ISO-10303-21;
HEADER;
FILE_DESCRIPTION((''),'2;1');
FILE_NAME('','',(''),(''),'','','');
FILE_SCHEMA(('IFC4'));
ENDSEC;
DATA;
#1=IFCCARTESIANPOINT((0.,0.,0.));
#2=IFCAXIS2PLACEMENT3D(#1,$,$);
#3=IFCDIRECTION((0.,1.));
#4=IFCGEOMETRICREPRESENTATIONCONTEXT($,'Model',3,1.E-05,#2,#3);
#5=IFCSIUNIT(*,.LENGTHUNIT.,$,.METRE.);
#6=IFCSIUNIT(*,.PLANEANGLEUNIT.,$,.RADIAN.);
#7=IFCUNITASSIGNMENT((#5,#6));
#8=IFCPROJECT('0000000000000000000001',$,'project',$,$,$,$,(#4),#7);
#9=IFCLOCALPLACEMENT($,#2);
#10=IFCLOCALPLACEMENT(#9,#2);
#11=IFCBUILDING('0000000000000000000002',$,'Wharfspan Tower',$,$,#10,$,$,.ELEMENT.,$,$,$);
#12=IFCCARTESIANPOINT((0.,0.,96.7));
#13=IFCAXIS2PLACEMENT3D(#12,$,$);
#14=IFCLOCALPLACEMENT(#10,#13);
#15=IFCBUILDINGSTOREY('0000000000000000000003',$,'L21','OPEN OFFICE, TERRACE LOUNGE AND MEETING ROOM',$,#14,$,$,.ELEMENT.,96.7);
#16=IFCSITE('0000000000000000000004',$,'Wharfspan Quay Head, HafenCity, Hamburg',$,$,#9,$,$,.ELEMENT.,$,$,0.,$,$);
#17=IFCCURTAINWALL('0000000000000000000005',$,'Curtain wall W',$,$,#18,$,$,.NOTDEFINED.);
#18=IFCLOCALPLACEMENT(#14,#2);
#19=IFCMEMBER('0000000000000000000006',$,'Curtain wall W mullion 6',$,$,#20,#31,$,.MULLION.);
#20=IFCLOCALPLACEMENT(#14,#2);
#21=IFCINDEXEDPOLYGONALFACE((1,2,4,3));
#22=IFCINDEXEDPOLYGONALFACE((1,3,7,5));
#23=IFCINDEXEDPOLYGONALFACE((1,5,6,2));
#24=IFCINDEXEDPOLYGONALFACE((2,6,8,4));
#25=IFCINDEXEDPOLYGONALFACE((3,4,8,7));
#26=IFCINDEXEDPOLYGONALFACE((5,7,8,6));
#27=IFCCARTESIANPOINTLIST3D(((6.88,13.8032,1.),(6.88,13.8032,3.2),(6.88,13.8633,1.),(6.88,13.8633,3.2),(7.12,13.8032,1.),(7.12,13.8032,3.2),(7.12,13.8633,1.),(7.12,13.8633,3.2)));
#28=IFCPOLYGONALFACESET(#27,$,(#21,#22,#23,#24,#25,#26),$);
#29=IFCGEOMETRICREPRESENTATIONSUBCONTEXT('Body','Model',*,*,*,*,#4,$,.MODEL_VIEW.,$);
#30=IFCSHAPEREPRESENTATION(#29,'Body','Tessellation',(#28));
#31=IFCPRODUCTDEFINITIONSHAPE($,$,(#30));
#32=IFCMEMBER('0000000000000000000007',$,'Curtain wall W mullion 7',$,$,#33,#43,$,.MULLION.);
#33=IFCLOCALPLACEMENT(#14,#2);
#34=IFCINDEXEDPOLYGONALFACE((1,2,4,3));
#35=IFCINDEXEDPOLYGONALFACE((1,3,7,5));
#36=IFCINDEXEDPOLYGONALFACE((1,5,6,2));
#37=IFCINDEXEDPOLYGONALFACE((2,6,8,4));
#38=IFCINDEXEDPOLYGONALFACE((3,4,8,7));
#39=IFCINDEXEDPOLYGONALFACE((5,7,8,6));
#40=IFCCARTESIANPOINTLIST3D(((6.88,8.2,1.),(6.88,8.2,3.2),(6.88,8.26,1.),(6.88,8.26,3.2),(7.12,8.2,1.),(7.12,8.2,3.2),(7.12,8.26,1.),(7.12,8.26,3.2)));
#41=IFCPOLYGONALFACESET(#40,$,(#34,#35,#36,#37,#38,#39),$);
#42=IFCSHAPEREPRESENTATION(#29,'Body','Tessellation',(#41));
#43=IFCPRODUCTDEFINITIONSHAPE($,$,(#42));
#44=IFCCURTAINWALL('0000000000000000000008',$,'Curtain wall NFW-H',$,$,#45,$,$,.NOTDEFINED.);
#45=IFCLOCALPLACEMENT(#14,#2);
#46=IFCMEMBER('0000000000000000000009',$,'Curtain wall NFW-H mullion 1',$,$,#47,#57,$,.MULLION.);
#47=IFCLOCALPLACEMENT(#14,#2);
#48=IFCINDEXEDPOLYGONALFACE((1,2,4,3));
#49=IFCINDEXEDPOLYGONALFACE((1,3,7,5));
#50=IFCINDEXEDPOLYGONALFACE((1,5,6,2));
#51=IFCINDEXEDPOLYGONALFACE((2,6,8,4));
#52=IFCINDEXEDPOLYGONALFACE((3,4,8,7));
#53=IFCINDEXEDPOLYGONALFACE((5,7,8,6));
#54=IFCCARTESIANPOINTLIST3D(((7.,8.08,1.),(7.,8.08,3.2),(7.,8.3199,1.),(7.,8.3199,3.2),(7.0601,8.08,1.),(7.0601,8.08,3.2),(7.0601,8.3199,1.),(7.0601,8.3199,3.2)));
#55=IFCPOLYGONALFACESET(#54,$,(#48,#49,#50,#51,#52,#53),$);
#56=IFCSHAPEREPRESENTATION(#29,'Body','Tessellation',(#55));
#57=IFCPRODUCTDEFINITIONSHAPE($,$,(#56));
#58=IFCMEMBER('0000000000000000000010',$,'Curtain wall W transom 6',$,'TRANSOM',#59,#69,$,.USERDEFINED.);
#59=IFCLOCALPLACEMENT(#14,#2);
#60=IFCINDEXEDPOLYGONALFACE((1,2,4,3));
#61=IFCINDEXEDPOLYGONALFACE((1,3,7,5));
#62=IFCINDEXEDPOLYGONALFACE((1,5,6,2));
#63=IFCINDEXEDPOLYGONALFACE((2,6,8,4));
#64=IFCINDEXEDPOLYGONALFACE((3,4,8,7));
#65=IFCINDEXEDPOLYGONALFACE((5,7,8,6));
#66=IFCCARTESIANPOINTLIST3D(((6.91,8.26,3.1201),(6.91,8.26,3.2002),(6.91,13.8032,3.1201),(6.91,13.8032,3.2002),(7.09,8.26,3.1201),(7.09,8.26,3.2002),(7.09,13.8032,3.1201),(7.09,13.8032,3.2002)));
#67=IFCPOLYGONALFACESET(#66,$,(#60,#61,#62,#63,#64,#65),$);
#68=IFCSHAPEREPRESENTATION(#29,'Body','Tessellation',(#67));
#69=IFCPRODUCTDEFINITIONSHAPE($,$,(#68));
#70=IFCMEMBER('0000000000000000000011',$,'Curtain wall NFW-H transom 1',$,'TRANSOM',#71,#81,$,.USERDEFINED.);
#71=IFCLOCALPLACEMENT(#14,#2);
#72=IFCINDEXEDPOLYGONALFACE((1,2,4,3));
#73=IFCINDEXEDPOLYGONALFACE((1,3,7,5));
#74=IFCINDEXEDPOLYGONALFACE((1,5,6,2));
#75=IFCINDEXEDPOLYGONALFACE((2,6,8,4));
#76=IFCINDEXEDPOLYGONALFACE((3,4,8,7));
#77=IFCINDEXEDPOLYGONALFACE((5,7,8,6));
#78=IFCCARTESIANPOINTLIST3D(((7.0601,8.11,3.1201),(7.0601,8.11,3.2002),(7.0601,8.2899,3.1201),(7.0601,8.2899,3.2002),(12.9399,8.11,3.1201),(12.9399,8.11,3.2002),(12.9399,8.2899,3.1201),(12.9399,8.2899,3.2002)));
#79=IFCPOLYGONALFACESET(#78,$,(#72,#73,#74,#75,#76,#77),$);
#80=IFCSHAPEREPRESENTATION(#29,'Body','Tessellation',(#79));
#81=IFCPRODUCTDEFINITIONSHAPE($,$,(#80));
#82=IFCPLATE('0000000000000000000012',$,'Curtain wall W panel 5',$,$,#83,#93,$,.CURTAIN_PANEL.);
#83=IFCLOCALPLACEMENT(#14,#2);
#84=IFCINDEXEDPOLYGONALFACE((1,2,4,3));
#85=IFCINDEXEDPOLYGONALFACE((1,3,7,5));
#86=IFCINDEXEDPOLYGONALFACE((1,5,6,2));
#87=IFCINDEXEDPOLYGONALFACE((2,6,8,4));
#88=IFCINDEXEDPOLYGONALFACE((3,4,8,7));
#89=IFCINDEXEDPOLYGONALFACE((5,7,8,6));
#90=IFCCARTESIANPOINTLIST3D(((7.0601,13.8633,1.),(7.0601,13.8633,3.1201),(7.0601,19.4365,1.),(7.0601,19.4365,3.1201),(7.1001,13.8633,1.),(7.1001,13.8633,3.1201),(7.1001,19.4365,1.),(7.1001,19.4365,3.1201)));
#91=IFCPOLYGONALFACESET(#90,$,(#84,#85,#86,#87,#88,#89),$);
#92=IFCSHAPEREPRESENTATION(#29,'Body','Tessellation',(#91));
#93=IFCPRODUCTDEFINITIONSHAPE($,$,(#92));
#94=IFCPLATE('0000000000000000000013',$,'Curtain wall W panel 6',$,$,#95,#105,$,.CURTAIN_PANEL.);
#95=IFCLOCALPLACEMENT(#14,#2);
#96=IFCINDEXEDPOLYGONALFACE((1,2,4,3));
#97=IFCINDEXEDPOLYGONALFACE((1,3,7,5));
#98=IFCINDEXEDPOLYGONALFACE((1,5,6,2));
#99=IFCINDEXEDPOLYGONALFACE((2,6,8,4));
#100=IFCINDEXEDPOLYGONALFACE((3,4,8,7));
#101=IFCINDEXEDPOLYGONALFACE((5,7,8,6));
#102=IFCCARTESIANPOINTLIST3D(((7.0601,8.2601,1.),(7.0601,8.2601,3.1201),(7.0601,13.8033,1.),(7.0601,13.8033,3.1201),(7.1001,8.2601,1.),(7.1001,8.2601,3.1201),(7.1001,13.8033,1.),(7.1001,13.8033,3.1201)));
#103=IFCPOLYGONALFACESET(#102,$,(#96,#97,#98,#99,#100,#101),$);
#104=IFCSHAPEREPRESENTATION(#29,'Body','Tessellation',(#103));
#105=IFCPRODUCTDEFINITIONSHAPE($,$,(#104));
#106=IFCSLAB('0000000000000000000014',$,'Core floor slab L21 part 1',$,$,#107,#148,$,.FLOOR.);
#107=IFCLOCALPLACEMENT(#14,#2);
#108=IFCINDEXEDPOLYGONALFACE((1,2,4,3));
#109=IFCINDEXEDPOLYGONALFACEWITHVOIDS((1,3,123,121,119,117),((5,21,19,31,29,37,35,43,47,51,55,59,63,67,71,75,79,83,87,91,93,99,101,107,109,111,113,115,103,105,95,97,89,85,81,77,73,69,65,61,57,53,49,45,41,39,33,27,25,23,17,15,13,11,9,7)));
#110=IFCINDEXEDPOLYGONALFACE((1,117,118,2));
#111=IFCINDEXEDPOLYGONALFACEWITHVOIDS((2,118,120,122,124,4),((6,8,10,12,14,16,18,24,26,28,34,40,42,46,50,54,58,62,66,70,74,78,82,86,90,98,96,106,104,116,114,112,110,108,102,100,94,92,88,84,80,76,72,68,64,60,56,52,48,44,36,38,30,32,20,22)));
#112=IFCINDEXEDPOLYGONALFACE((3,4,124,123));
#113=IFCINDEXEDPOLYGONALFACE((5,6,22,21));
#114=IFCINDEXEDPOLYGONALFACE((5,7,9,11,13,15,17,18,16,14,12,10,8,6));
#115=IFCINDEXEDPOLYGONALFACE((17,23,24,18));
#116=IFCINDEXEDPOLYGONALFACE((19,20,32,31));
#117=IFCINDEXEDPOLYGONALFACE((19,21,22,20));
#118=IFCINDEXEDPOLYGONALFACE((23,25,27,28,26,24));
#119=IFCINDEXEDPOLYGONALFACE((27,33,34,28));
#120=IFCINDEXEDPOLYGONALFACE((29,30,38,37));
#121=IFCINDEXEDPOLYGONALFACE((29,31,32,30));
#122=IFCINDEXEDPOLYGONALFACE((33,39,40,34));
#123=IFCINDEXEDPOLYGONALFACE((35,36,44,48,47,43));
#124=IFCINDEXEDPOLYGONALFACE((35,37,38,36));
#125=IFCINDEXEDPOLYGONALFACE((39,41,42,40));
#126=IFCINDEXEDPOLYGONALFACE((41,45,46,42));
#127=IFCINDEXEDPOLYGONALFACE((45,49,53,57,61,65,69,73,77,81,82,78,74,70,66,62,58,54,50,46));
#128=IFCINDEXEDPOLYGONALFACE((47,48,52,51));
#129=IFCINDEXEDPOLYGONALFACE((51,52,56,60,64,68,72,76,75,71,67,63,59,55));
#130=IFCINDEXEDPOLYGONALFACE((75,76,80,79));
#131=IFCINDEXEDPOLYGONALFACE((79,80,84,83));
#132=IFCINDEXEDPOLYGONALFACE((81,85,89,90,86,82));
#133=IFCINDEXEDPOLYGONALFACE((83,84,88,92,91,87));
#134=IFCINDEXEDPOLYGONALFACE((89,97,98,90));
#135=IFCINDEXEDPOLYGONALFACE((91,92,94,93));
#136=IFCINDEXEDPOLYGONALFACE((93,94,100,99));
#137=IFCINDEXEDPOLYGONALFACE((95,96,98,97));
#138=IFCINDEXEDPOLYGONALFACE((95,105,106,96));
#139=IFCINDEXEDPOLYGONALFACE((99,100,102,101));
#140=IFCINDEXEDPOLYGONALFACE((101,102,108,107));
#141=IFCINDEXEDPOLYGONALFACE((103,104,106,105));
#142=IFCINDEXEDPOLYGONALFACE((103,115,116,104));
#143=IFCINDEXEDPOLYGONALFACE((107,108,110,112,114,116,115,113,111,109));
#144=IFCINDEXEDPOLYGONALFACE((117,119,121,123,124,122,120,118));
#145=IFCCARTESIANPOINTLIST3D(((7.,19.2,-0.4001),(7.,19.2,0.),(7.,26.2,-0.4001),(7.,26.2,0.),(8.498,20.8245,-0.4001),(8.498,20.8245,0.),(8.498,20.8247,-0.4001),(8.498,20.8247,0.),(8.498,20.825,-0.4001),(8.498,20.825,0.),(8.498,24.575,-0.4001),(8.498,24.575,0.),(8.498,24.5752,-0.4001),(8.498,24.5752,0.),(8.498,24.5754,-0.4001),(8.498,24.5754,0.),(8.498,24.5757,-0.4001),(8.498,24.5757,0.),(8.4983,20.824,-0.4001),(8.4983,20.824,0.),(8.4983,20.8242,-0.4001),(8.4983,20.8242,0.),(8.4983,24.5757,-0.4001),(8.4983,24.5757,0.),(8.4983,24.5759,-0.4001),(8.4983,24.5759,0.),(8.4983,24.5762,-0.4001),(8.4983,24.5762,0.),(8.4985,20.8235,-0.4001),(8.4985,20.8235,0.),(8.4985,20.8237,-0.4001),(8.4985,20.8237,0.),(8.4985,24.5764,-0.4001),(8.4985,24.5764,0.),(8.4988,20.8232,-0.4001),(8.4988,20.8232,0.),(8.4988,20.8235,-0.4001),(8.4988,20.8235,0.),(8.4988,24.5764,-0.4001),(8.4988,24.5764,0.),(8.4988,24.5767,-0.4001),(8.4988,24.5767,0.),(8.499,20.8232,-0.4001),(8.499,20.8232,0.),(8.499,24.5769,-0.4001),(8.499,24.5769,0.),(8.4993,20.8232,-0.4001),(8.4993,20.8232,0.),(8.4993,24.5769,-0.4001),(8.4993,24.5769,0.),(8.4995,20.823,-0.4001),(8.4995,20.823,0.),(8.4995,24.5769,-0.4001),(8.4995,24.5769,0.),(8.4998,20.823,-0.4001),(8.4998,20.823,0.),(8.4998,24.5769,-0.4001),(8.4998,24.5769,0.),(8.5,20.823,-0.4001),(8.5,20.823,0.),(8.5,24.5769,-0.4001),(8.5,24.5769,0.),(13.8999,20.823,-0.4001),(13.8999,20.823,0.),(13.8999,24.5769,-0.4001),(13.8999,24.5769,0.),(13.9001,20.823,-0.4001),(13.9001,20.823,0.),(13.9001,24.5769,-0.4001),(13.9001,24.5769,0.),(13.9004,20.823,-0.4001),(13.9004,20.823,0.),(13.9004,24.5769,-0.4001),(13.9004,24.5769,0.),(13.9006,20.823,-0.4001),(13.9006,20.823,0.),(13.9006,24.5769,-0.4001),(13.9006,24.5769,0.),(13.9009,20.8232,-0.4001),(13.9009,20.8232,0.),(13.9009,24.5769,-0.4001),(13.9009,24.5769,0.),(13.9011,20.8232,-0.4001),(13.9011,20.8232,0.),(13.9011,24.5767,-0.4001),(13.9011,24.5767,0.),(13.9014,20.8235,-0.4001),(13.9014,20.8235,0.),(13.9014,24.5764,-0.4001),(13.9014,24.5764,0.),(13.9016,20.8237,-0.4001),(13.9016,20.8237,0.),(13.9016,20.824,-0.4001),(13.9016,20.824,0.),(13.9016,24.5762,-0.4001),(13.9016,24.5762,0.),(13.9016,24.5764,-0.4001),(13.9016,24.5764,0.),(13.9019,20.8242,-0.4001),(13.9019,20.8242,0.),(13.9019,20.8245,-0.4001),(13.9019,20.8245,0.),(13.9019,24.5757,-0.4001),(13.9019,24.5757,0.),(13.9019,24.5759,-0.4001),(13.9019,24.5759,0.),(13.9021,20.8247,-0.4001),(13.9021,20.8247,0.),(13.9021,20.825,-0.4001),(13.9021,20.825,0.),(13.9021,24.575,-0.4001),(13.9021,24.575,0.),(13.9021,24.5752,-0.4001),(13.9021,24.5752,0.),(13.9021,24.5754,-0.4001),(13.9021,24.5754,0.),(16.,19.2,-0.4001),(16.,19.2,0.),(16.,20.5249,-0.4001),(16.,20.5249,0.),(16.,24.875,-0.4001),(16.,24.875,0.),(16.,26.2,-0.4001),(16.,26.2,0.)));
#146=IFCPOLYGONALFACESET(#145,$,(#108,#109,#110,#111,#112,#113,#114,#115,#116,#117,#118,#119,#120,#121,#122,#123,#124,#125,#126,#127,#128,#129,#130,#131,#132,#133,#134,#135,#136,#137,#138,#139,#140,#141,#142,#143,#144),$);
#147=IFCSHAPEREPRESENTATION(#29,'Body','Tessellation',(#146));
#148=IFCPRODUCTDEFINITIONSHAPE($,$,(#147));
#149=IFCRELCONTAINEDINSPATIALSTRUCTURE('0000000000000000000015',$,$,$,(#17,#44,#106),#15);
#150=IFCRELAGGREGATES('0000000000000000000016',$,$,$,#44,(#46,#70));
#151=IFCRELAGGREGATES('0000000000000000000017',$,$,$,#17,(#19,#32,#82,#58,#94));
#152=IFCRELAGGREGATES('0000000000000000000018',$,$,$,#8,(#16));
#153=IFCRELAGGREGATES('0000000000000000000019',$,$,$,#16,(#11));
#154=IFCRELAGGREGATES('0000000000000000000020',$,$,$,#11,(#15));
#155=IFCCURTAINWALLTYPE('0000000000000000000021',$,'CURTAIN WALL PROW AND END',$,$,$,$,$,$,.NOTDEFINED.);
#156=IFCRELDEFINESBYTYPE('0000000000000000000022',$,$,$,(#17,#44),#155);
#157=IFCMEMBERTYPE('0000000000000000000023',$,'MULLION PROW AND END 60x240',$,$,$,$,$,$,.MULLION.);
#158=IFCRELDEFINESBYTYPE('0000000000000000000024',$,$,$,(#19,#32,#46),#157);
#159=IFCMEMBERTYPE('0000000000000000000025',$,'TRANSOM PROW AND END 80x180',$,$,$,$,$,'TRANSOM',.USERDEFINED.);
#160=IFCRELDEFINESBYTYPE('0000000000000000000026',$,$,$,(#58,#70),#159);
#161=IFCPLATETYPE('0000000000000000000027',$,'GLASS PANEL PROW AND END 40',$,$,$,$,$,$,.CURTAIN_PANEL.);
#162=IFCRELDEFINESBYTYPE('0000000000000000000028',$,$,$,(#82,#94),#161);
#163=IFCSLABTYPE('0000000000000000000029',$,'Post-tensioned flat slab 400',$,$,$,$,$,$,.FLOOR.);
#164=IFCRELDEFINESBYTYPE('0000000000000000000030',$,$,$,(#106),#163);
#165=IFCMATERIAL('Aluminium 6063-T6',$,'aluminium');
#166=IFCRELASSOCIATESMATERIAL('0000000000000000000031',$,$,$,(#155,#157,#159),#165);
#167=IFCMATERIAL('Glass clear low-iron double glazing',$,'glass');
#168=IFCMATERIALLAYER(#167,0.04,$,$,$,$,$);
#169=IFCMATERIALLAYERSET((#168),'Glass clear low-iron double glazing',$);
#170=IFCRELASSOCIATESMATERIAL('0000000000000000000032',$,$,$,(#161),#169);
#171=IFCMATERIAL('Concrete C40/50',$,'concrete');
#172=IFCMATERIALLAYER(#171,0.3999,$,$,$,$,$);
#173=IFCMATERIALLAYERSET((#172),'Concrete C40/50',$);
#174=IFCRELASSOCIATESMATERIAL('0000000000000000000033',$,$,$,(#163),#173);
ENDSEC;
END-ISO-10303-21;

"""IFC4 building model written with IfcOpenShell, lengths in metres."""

from ifc_helpers import new_model, si_unit, direction, frame, origin, origin_2d, place, context, subcontext, project, spatial, polyline, rectangle, outline, extrude, material, layer, layer_set, material_profile, profile_set, type_object, element, aggregate, save


model = new_model("IFC4")

# Units and contexts
model_context = context("Model", 3, precision=1e-05, world=origin(), true_north=direction((0.0, 1.0)))
body_context = subcontext(model_context, "Body", "Model", "MODEL_VIEW")
ifc_project = project(units=[si_unit("LENGTHUNIT", "METRE"), si_unit("PLANEANGLEUNIT", "RADIAN")], contexts=[model_context])

# Site, building, storey
site_placement = place(None, origin())
site = spatial("IfcSite", under=ifc_project, at=site_placement, Name="Wharfspan Quay Head, HafenCity, Hamburg", CompositionType="ELEMENT", RefElevation=0.0)
building_placement = place(site_placement, origin())
building = spatial("IfcBuilding", under=site, at=building_placement, Name="Wharfspan Tower", CompositionType="ELEMENT")
storey_placement = place(building_placement, frame((0.0, 0.0, 96.7)))
storey = spatial("IfcBuildingStorey", under=building, at=storey_placement, Name="L21", Description="OPEN OFFICE, TERRACE LOUNGE AND MEETING ROOM", CompositionType="ELEMENT", Elevation=96.7)

# Curtain wall, members
ifc_material_1 = material(Name="Aluminium 6063-T6", Category="aluminium")
curtain_wall_type = type_object("IfcCurtainWallType", Name="CURTAIN WALL PROW AND END", PredefinedType="NOTDEFINED", material=ifc_material_1)
curtain_wall_1_placement = place(storey_placement, origin())
curtain_wall_1 = element("IfcCurtainWall", 1, at=curtain_wall_1_placement, inside=storey, type_object=curtain_wall_type, Name="Curtain wall W", PredefinedType="NOTDEFINED")
ifc_material_profile_1 = material_profile(ifc_material_1, rectangle(XDim=0.24, YDim=0.0601, at=origin_2d()))
ifc_profile_set_1 = profile_set([ifc_material_profile_1], Name="Aluminium 6063-T6")
member_type_1 = type_object("IfcMemberType", Name="MULLION PROW AND END 60x240", PredefinedType="MULLION", material=ifc_profile_set_1)
member_1_placement = place(storey_placement, frame((7.0, 13.8333, 1.0), z_axis=(0.0, 0.0, 1.0), x_axis=(1.0, 0.0, 0.0)))
member_1 = element("IfcMember", 2, at=member_1_placement, type_object=member_type_1, Name="Curtain wall W mullion 6", PredefinedType="MULLION", context=body_context, shape_type="SweptSolid", body=[
    extrude(rectangle(XDim=0.24, YDim=0.0601, at=origin_2d()), origin(), (0.0, 0.0, 1.0), 2.2),
])
member_2_placement = place(storey_placement, frame((7.0, 8.23, 1.0), z_axis=(0.0, 0.0, 1.0), x_axis=(1.0, 0.0, 0.0)))
member_2 = element("IfcMember", 3, at=member_2_placement, type_object=member_type_1, Name="Curtain wall W mullion 7", PredefinedType="MULLION", context=body_context, shape_type="SweptSolid", body=[
    extrude(rectangle(XDim=0.24, YDim=0.0601, at=origin_2d()), origin(), (0.0, 0.0, 1.0), 2.2),
])

# Curtain wall, member
curtain_wall_2_placement = place(storey_placement, origin())
curtain_wall_2 = element("IfcCurtainWall", 4, at=curtain_wall_2_placement, inside=storey, type_object=curtain_wall_type, Name="Curtain wall NFW-H", PredefinedType="NOTDEFINED")
member_3_placement = place(storey_placement, frame((7.03, 8.2, 1.0), z_axis=(0.0, 0.0, 1.0), x_axis=(0.0, 1.0, 0.0)))
member_3 = element("IfcMember", 5, at=member_3_placement, type_object=member_type_1, Name="Curtain wall NFW-H mullion 1", PredefinedType="MULLION", context=body_context, shape_type="SweptSolid", body=[
    extrude(rectangle(XDim=0.24, YDim=0.0601, at=origin_2d()), origin(), (0.0, 0.0, 1.0), 2.2),
])

# Members
ifc_material_profile_2 = material_profile(ifc_material_1, rectangle(XDim=0.1799, YDim=0.0801, at=origin_2d()))
ifc_profile_set_2 = profile_set([ifc_material_profile_2], Name="Aluminium 6063-T6")
member_type_2 = type_object("IfcMemberType", Name="TRANSOM PROW AND END 80x180", ElementType="TRANSOM", PredefinedType="USERDEFINED", material=ifc_profile_set_2)
member_4_placement = place(storey_placement, frame((7.0, 13.8032, 3.1602), z_axis=(0.0, -1.0, 0.0), x_axis=(1.0, 0.0, 0.0)))
member_4 = element("IfcMember", 6, at=member_4_placement, type_object=member_type_2, Name="Curtain wall W transom 6", ObjectType="TRANSOM", PredefinedType="USERDEFINED", context=body_context, shape_type="SweptSolid", body=[
    extrude(rectangle(XDim=0.1799, YDim=0.0801, at=origin_2d()), origin(), (0.0, 0.0, 1.0), 5.5432),
])
member_5_placement = place(storey_placement, frame((7.0601, 8.2, 3.1602), z_axis=(1.0, 0.0, 0.0), x_axis=(0.0, 1.0, 0.0)))
member_5 = element("IfcMember", 7, at=member_5_placement, type_object=member_type_2, Name="Curtain wall NFW-H transom 1", ObjectType="TRANSOM", PredefinedType="USERDEFINED", context=body_context, shape_type="SweptSolid", body=[
    extrude(rectangle(XDim=0.1799, YDim=0.0801, at=origin_2d()), origin(), (0.0, 0.0, 1.0), 5.8799),
])
aggregate(curtain_wall_2, [member_3, member_5])

# Plates
ifc_material_2 = material(Name="Glass clear low-iron double glazing", Category="glass")
ifc_layer_1 = layer(ifc_material_2, 0.04)
ifc_layer_set_1 = layer_set([ifc_layer_1], Name="Glass clear low-iron double glazing")
plate_type = type_object("IfcPlateType", Name="GLASS PANEL PROW AND END 40", PredefinedType="CURTAIN_PANEL", material=ifc_layer_set_1)
plate_1_placement = place(storey_placement, frame((7.0801, 16.6499, 1.0), z_axis=(0.0, 0.0, 1.0), x_axis=(0.0, -1.0, 0.0)))
plate_1 = element("IfcPlate", 8, at=plate_1_placement, type_object=plate_type, Name="Curtain wall W panel 5", PredefinedType="CURTAIN_PANEL", context=body_context, shape_type="SweptSolid", body=[
    extrude(rectangle(XDim=5.5732, YDim=0.04, at=origin_2d()), origin(), (0.0, 0.0, 1.0), 2.1201),
])
plate_2_placement = place(storey_placement, frame((7.0801, 11.0317, 1.0), z_axis=(0.0, 0.0, 1.0), x_axis=(0.0, -1.0, 0.0)))
plate_2 = element("IfcPlate", 9, at=plate_2_placement, type_object=plate_type, Name="Curtain wall W panel 6", PredefinedType="CURTAIN_PANEL", context=body_context, shape_type="SweptSolid", body=[
    extrude(rectangle(XDim=5.5432, YDim=0.04, at=origin_2d()), origin(), (0.0, 0.0, 1.0), 2.1201),
])
aggregate(curtain_wall_1, [member_1, member_2, plate_1, member_4, plate_2])

# Slab
ifc_material_3 = material(Name="Concrete C40/50", Category="concrete")
ifc_layer_2 = layer(ifc_material_3, 0.3999)
ifc_layer_set_2 = layer_set([ifc_layer_2], Name="Concrete C40/50")
slab_type_1 = type_object("IfcSlabType", Name="Post-tensioned flat slab 400", PredefinedType="FLOOR", material=ifc_layer_set_2)
slab_1_placement = place(storey_placement, frame((0.0, 0.0, -0.4001)))
element("IfcSlab", 10, at=slab_1_placement, inside=storey, type_object=slab_type_1, Name="Core floor slab L21 part 1", PredefinedType="FLOOR", context=body_context, shape_type="SweptSolid", body=[
    extrude(outline(polyline([(16.0, 20.5249), (16.0, 24.875), (16.0, 26.2), (7.0, 26.2), (7.0, 19.2), (16.0, 19.2), (16.0, 20.5249)]), holes=[polyline([(13.9021, 20.825), (13.9021, 20.8247), (13.9021, 20.8247), (13.9019, 20.8245), (13.9019, 20.8242), (13.9019, 20.8242), (13.9016, 20.824), (13.9016, 20.8237), (13.9014, 20.8235), (13.9014, 20.8235), (13.9011, 20.8232), (13.9009, 20.8232), (13.9009, 20.8232), (13.9006, 20.823), (13.9004, 20.823), (13.9001, 20.823), (13.8999, 20.823), (8.5, 20.823), (8.4998, 20.823), (8.4995, 20.823), (8.4995, 20.823), (8.4993, 20.8232), (8.499, 20.8232), (8.4988, 20.8232), (8.4988, 20.8235), (8.4985, 20.8235), (8.4985, 20.8237), (8.4983, 20.824), (8.4983, 20.8242), (8.4983, 20.8242), (8.498, 20.8245), (8.498, 20.8247), (8.498, 20.8247), (8.498, 20.825), (8.498, 24.575), (8.498, 24.5752), (8.498, 24.5754), (8.498, 24.5757), (8.4983, 24.5757), (8.4983, 24.5759), (8.4983, 24.5762), (8.4985, 24.5764), (8.4985, 24.5764), (8.4988, 24.5764), (8.4988, 24.5767), (8.499, 24.5769), (8.4993, 24.5769), (8.4995, 24.5769), (8.4995, 24.5769), (8.4998, 24.5769), (8.5, 24.5769), (13.8999, 24.5769), (13.9001, 24.5769), (13.9004, 24.5769), (13.9006, 24.5769), (13.9009, 24.5769), (13.9009, 24.5769), (13.9011, 24.5767), (13.9014, 24.5764), (13.9014, 24.5764), (13.9016, 24.5764), (13.9016, 24.5762), (13.9019, 24.5759), (13.9019, 24.5757), (13.9019, 24.5757), (13.9021, 24.5754), (13.9021, 24.5752), (13.9021, 24.575), (13.9021, 20.825)])]), origin(), (0.0, 0.0, 1.0), 0.4001),
])

save(model, "model.ifc")
